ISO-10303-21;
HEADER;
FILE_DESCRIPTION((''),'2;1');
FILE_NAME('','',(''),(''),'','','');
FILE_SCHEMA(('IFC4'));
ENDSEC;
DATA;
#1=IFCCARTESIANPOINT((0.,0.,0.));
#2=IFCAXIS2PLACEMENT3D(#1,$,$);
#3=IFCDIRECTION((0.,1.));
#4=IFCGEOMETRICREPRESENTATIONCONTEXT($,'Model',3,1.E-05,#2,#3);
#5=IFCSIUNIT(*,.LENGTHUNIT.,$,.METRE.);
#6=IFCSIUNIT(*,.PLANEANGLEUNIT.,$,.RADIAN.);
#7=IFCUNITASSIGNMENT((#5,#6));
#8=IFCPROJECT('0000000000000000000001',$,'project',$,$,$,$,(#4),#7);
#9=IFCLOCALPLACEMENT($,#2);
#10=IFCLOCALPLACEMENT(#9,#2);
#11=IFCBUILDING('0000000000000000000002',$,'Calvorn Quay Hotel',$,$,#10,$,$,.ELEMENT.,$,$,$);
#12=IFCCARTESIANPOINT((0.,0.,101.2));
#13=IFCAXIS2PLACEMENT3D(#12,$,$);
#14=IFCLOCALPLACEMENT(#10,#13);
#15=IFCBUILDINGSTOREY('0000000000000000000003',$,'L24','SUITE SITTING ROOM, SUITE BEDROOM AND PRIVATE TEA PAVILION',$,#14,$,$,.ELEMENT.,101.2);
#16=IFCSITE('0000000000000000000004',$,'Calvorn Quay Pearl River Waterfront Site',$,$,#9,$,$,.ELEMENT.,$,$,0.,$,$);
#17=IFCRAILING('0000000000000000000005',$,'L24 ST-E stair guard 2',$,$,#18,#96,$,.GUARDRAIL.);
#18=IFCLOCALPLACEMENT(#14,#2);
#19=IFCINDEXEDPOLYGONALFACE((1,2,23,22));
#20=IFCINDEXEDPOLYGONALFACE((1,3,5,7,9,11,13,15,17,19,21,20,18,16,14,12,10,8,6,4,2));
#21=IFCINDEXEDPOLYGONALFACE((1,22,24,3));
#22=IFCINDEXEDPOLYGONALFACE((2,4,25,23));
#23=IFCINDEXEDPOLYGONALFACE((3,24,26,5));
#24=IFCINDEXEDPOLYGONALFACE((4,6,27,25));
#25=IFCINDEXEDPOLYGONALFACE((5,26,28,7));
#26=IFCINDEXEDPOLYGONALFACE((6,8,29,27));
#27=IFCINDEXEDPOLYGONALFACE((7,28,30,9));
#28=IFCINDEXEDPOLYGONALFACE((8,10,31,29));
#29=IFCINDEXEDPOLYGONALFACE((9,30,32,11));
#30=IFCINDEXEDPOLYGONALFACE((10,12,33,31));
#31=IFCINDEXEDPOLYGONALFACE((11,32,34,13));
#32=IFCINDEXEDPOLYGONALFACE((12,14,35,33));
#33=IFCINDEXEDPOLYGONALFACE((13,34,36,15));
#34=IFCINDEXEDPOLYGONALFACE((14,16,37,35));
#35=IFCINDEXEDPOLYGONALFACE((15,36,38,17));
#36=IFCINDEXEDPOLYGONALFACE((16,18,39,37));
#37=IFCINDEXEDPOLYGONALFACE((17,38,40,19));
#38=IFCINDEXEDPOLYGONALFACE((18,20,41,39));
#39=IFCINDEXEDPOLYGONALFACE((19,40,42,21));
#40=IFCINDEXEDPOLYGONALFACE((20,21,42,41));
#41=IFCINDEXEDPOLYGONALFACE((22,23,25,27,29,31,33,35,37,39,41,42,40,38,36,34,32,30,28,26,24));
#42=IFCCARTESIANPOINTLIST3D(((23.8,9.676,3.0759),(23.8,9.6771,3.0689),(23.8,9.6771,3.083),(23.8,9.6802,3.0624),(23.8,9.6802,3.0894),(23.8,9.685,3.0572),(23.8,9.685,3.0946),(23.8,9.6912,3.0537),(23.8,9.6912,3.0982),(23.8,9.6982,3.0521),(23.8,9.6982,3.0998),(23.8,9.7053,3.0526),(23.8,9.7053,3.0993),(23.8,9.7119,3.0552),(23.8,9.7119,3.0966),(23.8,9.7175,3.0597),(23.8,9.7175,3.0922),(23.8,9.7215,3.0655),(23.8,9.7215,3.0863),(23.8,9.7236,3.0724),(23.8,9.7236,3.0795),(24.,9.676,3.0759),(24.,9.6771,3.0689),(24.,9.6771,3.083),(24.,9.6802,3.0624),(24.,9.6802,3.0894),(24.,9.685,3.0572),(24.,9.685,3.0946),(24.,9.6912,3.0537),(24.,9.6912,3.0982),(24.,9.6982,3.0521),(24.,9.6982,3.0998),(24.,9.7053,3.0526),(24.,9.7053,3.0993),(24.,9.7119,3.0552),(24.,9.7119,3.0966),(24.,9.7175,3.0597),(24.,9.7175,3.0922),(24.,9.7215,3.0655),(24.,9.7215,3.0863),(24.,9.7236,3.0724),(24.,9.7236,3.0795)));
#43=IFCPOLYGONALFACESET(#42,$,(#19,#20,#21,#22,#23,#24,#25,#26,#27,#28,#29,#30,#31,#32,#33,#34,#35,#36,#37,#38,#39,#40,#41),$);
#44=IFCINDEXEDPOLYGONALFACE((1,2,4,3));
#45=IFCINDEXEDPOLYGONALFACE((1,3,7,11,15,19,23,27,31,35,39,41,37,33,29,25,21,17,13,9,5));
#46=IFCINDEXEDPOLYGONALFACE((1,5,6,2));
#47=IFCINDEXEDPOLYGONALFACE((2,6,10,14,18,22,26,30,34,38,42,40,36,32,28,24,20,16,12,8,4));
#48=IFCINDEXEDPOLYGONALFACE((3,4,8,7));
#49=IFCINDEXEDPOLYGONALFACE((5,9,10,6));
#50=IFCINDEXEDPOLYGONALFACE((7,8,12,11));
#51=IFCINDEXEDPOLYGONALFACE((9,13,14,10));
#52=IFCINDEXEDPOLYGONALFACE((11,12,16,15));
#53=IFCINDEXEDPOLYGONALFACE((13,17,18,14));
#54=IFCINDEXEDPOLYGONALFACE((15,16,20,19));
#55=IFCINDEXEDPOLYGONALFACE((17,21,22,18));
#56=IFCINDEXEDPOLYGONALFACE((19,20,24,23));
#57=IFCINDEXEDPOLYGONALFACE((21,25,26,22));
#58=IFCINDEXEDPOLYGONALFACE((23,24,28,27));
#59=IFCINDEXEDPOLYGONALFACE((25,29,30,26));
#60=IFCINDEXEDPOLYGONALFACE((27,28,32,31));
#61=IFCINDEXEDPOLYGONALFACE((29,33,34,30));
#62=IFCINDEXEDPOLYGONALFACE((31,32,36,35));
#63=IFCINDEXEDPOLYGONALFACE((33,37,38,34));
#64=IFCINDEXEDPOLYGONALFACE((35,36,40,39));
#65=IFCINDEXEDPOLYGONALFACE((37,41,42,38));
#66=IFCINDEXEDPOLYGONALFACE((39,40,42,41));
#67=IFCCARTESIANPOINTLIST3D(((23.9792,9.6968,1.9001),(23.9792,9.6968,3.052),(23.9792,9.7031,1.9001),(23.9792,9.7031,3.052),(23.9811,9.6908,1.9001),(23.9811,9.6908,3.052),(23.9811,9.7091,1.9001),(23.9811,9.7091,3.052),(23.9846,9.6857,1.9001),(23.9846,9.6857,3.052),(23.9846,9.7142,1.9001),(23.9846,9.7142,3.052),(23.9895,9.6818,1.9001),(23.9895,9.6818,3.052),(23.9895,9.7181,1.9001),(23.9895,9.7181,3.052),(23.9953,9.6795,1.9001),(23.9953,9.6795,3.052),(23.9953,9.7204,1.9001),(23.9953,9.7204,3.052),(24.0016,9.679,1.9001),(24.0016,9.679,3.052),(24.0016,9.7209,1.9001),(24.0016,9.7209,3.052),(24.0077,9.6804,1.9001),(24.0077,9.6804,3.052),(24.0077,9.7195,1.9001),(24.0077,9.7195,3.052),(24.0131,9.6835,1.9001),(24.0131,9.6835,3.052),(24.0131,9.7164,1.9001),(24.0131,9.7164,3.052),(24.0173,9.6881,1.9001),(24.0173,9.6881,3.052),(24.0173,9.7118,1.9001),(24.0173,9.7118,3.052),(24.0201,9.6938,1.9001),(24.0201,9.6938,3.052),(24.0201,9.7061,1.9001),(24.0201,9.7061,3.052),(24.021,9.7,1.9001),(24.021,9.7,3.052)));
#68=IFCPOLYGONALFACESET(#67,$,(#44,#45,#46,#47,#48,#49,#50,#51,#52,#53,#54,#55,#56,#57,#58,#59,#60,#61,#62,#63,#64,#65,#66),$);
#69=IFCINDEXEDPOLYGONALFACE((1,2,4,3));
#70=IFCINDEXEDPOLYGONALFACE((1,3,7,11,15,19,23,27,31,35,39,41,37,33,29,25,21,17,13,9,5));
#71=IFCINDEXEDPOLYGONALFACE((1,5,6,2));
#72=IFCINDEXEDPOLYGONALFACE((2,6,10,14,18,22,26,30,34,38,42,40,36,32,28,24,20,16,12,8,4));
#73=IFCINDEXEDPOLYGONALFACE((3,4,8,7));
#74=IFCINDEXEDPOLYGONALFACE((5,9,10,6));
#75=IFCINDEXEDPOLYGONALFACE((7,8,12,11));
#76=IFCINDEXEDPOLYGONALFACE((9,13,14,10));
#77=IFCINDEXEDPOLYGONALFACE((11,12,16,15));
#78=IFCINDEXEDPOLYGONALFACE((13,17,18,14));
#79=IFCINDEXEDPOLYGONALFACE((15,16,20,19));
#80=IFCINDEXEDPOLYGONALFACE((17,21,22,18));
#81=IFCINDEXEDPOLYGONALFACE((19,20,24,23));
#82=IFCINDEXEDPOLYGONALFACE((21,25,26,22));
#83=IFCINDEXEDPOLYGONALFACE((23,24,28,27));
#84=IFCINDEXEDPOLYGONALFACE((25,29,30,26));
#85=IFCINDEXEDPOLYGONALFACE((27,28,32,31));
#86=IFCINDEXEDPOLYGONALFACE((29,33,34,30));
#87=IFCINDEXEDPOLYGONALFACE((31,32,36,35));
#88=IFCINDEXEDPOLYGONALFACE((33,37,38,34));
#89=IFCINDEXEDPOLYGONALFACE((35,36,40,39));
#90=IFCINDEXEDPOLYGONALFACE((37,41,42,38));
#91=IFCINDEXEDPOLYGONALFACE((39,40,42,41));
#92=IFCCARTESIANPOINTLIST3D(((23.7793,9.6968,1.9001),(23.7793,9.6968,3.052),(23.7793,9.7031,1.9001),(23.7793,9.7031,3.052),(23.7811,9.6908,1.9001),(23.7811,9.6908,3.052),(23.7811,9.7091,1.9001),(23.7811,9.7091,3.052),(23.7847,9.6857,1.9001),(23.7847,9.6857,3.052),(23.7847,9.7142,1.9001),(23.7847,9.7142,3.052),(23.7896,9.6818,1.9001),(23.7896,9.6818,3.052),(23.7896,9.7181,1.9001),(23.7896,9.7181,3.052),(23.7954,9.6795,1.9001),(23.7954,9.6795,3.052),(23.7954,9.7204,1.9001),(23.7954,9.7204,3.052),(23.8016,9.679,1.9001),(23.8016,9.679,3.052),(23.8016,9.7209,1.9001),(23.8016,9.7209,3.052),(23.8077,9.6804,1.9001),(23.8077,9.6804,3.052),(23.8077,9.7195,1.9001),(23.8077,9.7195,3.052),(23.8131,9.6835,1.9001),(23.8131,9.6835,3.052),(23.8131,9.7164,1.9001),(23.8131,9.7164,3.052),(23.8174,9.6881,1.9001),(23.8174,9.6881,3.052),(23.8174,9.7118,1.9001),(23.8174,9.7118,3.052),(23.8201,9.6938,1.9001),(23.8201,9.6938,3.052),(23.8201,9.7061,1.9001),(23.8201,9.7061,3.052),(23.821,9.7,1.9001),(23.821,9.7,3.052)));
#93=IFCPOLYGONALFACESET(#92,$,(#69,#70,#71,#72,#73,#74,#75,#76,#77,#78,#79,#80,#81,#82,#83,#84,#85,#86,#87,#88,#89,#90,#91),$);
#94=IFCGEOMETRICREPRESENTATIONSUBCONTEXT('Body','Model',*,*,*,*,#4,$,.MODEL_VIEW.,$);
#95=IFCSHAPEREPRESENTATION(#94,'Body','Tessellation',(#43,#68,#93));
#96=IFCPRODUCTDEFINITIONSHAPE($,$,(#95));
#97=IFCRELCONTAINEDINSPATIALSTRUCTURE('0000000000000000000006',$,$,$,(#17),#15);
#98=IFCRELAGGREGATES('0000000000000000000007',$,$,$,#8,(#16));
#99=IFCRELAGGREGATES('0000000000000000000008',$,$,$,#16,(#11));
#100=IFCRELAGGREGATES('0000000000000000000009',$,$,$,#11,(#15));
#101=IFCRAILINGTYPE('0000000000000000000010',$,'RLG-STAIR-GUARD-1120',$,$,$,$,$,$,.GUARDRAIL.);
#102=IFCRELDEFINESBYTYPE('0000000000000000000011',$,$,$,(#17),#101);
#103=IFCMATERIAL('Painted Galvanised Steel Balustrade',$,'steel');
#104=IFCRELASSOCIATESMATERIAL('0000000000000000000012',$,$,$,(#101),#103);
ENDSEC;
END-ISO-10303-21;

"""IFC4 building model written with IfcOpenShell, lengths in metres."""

from ifc_helpers import new_model, si_unit, direction, frame, origin, origin_2d, place, context, subcontext, project, spatial, circle, extrude, material, type_object, element, save


model = new_model("IFC4")

# Units and contexts
model_context = context("Model", 3, precision=1e-05, world=origin(), true_north=direction((0.0, 1.0)))
body_context = subcontext(model_context, "Body", "Model", "MODEL_VIEW")
ifc_project = project(units=[si_unit("LENGTHUNIT", "METRE"), si_unit("PLANEANGLEUNIT", "RADIAN")], contexts=[model_context])

# Site, building, storey
site_placement = place(None, origin())
site = spatial("IfcSite", under=ifc_project, at=site_placement, Name="Calvorn Quay Pearl River Waterfront Site", CompositionType="ELEMENT", RefElevation=0.0)
building_placement = place(site_placement, origin())
building = spatial("IfcBuilding", under=site, at=building_placement, Name="Calvorn Quay Hotel", CompositionType="ELEMENT")
storey_placement = place(building_placement, frame((0.0, 0.0, 101.2)))
storey = spatial("IfcBuildingStorey", under=building, at=storey_placement, Name="L24", Description="SUITE SITTING ROOM, SUITE BEDROOM AND PRIVATE TEA PAVILION", CompositionType="ELEMENT", Elevation=101.2)

# Railing
ifc_material_1 = material(Name="Painted Galvanised Steel Balustrade", Category="steel")
railing_type = type_object("IfcRailingType", Name="RLG-STAIR-GUARD-1120", PredefinedType="GUARDRAIL", material=ifc_material_1)
railing_placement = place(storey_placement, frame((24.0, 9.7, 1.9001)))
element("IfcRailing", 1, at=railing_placement, inside=storey, type_object=railing_type, Name="L24 ST-E stair guard 2", PredefinedType="GUARDRAIL", context=body_context, shape_type="SweptSolid", body=[
    extrude(circle(Radius=0.0239, at=origin_2d()), frame((0.0, 0.0, 1.1758), z_axis=(-1.0, 0.0, 0.0), x_axis=(0.0, -1.0, 0.0)), (0.0, 0.0, 1.0), 0.2),
    extrude(circle(Radius=0.021, at=origin_2d()), origin(), (0.0, 0.0, 1.0), 1.1519),
    extrude(circle(Radius=0.021, at=origin_2d()), frame((-0.2, 0.0, 0.0)), (0.0, 0.0, 1.0), 1.1519),
])

save(model, "model.ifc")
